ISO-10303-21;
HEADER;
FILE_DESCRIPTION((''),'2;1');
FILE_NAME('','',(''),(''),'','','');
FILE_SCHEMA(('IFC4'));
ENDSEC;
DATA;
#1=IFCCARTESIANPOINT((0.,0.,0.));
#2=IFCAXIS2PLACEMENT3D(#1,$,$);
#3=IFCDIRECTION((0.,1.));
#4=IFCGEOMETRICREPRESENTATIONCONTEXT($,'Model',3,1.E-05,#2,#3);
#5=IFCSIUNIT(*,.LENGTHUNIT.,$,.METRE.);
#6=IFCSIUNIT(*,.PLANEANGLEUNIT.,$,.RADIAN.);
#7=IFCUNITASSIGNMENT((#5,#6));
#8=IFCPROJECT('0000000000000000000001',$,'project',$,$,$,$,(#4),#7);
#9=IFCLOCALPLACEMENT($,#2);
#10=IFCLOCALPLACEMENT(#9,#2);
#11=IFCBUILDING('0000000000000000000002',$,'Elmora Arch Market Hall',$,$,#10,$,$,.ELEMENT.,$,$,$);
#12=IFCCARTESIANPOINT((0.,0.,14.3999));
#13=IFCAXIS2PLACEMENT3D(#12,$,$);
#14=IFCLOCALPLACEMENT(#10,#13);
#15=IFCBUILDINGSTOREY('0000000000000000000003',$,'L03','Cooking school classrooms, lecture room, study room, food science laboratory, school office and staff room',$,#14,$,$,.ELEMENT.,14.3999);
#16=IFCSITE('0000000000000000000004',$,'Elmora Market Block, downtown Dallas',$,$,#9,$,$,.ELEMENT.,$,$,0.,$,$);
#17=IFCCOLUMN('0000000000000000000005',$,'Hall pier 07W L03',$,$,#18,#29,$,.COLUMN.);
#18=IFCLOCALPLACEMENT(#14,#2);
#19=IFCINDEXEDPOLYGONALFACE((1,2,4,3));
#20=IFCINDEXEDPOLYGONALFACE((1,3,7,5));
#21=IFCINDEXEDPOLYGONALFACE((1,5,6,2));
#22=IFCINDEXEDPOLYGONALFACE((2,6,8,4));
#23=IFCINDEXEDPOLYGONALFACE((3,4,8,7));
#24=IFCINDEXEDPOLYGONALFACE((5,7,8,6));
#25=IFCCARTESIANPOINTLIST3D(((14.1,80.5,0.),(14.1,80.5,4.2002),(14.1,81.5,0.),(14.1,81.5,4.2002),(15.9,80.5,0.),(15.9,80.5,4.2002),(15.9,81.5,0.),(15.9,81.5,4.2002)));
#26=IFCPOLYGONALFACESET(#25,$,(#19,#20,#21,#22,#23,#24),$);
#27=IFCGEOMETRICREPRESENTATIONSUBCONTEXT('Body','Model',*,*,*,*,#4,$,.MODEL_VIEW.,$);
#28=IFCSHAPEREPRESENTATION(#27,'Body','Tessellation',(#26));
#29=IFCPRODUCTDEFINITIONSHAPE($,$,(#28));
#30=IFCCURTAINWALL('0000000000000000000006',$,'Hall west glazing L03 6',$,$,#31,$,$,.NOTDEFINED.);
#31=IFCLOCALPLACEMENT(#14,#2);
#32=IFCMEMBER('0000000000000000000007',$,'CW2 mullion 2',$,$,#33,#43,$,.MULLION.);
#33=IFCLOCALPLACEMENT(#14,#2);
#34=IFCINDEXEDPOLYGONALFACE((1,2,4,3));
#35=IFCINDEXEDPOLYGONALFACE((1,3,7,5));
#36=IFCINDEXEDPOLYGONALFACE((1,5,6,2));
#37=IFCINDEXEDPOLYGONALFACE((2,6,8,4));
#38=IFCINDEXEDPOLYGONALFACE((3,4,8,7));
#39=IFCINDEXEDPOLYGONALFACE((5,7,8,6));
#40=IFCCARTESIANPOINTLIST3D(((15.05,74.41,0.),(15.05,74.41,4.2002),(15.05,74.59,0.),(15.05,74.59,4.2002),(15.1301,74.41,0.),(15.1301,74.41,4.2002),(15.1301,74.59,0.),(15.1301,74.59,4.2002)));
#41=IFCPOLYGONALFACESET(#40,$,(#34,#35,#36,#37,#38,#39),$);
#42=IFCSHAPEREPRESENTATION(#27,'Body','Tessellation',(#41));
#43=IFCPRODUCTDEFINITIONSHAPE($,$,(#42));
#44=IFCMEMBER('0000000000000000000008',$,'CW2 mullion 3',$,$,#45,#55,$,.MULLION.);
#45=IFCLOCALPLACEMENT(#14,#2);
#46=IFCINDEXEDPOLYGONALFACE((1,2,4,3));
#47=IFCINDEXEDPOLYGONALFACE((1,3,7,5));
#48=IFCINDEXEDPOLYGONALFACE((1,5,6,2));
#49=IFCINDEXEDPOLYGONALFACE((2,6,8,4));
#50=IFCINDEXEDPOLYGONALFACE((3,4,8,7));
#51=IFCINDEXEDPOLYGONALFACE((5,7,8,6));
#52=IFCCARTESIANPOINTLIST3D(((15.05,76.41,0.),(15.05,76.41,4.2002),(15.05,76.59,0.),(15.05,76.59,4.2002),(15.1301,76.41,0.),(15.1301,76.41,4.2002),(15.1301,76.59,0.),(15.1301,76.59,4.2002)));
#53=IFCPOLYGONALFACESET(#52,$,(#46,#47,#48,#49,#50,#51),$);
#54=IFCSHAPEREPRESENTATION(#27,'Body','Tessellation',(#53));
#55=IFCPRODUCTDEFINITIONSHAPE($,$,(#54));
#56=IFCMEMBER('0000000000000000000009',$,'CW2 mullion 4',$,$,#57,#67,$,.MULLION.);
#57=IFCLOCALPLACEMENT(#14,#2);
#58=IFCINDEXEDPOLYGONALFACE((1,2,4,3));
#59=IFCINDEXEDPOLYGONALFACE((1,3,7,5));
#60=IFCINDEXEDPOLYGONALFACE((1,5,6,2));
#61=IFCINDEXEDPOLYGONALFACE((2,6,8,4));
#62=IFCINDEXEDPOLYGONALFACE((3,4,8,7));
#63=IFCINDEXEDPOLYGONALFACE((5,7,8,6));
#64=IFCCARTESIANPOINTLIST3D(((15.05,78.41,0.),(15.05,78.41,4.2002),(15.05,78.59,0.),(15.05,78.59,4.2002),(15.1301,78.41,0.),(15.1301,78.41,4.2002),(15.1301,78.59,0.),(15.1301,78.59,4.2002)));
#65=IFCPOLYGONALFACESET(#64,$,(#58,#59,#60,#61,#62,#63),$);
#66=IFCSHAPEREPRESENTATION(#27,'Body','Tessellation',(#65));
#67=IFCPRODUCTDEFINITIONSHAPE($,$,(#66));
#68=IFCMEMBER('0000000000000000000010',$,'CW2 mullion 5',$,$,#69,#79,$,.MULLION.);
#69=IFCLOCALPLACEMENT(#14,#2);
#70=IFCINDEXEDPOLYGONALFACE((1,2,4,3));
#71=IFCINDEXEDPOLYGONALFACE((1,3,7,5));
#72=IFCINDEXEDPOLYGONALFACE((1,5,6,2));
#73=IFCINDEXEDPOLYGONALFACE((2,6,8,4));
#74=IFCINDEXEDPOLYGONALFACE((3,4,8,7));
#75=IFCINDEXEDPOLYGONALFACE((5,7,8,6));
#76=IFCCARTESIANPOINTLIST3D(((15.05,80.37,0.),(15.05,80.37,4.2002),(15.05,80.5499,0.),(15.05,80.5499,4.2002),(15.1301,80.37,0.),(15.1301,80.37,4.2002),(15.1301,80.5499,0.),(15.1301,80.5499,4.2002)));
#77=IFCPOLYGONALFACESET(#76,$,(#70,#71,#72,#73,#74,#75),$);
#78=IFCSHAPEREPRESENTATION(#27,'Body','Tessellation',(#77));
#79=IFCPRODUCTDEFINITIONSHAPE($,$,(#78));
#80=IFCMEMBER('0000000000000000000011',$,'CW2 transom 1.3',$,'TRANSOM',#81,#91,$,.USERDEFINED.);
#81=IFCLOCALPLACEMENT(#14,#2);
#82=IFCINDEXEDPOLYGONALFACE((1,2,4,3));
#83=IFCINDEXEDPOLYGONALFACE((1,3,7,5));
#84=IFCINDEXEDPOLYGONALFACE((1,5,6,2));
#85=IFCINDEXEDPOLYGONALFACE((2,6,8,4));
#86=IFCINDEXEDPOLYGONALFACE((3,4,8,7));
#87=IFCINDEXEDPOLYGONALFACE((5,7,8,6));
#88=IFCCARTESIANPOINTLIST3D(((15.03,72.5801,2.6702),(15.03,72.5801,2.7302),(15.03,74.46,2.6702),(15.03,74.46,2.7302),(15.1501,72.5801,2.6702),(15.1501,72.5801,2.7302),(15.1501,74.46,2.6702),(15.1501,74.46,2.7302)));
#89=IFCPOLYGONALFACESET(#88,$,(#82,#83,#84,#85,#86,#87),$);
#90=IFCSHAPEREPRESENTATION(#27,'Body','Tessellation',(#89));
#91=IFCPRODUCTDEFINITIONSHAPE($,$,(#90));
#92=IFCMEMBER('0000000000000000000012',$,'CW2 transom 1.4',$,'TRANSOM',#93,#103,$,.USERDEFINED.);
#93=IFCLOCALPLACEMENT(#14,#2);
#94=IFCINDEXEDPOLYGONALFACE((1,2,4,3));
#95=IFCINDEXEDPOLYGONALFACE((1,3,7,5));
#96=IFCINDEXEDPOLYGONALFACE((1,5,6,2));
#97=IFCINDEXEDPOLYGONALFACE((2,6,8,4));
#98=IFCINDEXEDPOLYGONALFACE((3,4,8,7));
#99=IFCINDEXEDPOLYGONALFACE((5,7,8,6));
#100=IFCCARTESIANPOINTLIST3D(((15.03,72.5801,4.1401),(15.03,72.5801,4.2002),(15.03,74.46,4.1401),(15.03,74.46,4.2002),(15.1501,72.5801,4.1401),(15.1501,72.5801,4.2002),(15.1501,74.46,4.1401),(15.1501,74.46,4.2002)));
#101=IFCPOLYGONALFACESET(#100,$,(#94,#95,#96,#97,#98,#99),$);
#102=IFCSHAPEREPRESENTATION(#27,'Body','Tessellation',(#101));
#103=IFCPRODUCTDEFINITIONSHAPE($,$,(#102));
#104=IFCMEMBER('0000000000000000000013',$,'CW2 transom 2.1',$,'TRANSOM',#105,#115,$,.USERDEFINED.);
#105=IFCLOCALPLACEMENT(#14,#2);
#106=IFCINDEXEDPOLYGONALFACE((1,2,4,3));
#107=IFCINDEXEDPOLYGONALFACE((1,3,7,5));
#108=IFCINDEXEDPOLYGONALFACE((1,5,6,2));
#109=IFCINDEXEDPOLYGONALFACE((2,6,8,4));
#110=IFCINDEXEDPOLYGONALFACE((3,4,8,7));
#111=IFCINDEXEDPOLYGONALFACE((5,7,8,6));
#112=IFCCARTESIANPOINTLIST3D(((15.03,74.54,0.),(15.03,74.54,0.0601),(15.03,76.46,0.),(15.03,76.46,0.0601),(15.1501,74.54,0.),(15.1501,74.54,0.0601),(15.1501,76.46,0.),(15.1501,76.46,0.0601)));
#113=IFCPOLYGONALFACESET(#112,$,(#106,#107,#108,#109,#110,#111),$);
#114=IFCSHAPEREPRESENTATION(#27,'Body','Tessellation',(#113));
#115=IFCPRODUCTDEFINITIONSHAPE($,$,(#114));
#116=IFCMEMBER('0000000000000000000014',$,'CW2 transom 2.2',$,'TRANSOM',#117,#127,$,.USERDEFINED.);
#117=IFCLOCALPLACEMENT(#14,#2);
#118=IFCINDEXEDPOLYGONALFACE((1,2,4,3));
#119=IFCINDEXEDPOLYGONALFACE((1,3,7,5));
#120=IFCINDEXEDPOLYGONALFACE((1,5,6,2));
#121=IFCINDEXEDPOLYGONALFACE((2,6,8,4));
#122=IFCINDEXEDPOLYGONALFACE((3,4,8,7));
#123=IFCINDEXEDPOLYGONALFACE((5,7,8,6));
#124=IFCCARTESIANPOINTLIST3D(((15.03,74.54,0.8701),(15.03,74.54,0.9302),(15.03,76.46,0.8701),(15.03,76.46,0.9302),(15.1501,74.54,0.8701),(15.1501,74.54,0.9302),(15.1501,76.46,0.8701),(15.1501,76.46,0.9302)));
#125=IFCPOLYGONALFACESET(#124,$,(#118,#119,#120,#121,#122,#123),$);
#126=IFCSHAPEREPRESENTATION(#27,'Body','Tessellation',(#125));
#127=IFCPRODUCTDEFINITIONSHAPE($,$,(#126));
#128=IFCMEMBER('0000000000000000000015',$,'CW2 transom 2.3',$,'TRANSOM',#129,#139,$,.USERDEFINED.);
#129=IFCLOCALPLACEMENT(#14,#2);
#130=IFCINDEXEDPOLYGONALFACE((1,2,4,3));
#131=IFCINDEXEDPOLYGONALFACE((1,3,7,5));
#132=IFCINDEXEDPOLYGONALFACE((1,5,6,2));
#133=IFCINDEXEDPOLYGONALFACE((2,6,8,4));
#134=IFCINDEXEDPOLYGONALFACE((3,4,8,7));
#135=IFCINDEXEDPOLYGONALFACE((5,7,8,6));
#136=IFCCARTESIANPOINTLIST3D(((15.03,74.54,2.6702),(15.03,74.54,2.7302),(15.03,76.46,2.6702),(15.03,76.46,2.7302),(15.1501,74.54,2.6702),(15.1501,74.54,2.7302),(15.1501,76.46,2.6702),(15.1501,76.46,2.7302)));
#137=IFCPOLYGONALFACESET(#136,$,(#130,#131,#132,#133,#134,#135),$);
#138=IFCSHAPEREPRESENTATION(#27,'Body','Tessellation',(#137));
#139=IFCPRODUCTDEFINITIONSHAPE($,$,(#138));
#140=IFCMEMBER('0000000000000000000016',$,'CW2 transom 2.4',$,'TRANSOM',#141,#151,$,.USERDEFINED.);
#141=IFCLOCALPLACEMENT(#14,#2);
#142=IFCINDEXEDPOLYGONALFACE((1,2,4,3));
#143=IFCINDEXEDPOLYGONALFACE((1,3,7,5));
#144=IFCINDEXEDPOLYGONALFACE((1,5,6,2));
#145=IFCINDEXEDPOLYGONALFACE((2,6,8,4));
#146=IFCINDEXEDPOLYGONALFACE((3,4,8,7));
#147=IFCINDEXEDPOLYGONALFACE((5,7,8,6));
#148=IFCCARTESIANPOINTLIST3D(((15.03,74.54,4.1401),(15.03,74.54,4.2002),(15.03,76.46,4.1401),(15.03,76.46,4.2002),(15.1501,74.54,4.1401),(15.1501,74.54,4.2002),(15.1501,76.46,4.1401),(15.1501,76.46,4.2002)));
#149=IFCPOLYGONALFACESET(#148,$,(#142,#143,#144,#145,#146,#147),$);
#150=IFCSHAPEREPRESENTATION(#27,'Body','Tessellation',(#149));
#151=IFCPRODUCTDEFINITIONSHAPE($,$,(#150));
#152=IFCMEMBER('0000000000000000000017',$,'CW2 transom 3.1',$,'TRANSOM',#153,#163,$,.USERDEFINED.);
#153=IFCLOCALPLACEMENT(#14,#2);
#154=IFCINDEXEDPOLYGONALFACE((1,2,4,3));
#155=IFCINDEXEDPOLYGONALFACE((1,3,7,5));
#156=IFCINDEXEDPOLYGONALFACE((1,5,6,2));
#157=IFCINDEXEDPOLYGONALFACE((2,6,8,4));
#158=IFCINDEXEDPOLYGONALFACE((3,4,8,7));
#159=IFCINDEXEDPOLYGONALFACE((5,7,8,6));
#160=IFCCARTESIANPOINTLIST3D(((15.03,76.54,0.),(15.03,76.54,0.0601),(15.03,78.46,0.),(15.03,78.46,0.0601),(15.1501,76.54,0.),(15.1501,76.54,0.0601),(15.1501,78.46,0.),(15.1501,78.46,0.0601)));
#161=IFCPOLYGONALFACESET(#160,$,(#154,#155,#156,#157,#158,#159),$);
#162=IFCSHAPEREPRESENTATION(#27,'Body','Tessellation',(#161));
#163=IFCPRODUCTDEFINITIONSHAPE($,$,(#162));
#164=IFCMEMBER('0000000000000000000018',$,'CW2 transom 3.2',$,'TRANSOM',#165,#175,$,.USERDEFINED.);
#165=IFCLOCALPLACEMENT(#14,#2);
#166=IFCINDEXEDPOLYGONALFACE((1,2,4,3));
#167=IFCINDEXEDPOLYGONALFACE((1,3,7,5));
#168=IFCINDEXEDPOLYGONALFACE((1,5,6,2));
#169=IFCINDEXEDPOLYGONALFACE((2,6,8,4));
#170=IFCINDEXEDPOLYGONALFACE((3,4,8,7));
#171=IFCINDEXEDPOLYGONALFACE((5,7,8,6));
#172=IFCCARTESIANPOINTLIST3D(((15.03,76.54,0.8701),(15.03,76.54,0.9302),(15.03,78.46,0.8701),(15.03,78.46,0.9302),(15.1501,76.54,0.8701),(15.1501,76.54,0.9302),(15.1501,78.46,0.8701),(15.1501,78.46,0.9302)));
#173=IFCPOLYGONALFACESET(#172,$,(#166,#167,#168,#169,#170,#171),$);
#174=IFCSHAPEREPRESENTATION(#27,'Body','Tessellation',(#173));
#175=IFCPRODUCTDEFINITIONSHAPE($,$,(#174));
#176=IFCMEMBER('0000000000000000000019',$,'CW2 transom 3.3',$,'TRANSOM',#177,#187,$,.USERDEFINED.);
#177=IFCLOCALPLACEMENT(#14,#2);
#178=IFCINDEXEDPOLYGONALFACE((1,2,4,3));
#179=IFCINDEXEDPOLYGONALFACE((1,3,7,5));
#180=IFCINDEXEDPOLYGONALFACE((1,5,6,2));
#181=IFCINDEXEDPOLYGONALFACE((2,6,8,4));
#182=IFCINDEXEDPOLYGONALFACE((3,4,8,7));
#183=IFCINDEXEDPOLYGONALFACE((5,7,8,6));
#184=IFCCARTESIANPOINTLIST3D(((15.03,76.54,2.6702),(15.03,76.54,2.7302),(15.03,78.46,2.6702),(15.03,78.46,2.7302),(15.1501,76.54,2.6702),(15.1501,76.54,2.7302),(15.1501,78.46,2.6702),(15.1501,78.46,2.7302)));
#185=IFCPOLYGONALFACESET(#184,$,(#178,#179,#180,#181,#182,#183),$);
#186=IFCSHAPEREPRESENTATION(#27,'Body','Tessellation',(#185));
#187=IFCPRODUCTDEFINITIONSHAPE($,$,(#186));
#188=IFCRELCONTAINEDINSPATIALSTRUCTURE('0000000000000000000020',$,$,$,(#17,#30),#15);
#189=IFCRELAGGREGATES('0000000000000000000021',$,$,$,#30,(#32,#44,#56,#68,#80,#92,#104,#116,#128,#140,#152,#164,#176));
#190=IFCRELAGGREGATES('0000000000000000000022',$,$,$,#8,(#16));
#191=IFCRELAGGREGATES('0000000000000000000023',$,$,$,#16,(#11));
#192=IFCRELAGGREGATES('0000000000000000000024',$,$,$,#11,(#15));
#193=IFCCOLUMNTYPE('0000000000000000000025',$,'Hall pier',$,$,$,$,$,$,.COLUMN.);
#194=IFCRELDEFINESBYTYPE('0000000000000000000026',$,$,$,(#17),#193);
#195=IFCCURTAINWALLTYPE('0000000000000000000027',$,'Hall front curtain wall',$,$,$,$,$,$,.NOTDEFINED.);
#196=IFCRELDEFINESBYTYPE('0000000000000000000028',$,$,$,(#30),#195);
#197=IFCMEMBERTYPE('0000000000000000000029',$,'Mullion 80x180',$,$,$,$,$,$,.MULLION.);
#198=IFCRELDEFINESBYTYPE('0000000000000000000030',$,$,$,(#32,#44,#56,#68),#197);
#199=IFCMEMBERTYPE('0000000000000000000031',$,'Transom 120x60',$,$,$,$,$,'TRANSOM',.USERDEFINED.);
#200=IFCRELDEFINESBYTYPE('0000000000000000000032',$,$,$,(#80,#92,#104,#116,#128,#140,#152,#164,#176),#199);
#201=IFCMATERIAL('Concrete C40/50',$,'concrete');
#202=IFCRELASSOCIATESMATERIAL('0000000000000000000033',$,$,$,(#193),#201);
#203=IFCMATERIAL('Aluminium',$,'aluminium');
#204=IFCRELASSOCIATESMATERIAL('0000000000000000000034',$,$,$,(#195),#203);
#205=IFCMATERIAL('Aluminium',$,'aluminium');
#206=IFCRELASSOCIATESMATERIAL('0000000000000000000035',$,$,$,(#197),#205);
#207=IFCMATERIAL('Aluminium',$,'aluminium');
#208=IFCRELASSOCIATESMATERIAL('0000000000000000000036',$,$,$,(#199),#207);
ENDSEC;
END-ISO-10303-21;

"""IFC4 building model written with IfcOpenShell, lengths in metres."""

from ifc_helpers import new_model, si_unit, direction, frame, origin, origin_2d, place, context, subcontext, project, spatial, rectangle, extrude, material, material_profile, profile_set, type_object, element, aggregate, save


model = new_model("IFC4")

# Units and contexts
model_context = context("Model", 3, precision=1e-05, world=origin(), true_north=direction((0.0, 1.0)))
body_context = subcontext(model_context, "Body", "Model", "MODEL_VIEW")
ifc_project = project(units=[si_unit("LENGTHUNIT", "METRE"), si_unit("PLANEANGLEUNIT", "RADIAN")], contexts=[model_context])

# Site, building, storey
site_placement = place(None, origin())
site = spatial("IfcSite", under=ifc_project, at=site_placement, Name="Elmora Market Block, downtown Dallas", CompositionType="ELEMENT", RefElevation=0.0)
building_placement = place(site_placement, origin())
building = spatial("IfcBuilding", under=site, at=building_placement, Name="Elmora Arch Market Hall", CompositionType="ELEMENT")
storey_placement = place(building_placement, frame((0.0, 0.0, 14.3999)))
storey = spatial("IfcBuildingStorey", under=building, at=storey_placement, Name="L03", Description="Cooking school classrooms, lecture room, study room, food science laboratory, school office and staff room", CompositionType="ELEMENT", Elevation=14.3999)

# Column
ifc_material_1 = material(Name="Concrete C40/50", Category="concrete")
ifc_material_profile_1 = material_profile(ifc_material_1, rectangle(XDim=1.8, YDim=1.0, at=origin_2d()), Name="Hall pier")
ifc_profile_set_1 = profile_set([ifc_material_profile_1], Name="Concrete C40/50")
column_type = type_object("IfcColumnType", Name="Hall pier", PredefinedType="COLUMN", material=ifc_profile_set_1)
column_placement = place(storey_placement, frame((15.0, 81.0, 0.0), z_axis=(0.0, 0.0, 1.0), x_axis=(1.0, 0.0, 0.0)))
element("IfcColumn", 1, at=column_placement, inside=storey, type_object=column_type, Name="Hall pier 07W L03", PredefinedType="COLUMN", context=body_context, shape_type="SweptSolid", body=[
    extrude(rectangle(XDim=1.8, YDim=1.0, at=origin_2d()), origin(), (0.0, 0.0, 1.0), 4.2002),
])

# Curtain wall, members
ifc_material_2 = material(Name="Aluminium", Category="aluminium")
curtain_wall_type = type_object("IfcCurtainWallType", Name="Hall front curtain wall", PredefinedType="NOTDEFINED", material=ifc_material_2)
curtain_wall_placement = place(storey_placement, origin())
curtain_wall = element("IfcCurtainWall", 2, at=curtain_wall_placement, inside=storey, type_object=curtain_wall_type, Name="Hall west glazing L03 6", PredefinedType="NOTDEFINED")
ifc_material_3 = material(Name="Aluminium", Category="aluminium")
ifc_material_profile_2 = material_profile(ifc_material_3, rectangle(XDim=0.0801, YDim=0.1799, at=origin_2d()), Name="AL 80x180")
ifc_profile_set_2 = profile_set([ifc_material_profile_2], Name="Aluminium")
member_type_1 = type_object("IfcMemberType", Name="Mullion 80x180", PredefinedType="MULLION", material=ifc_profile_set_2)
member_1_placement = place(storey_placement, frame((15.0901, 74.5, 0.0), z_axis=(0.0, 0.0, 1.0), x_axis=(-1.0, 0.0, 0.0)))
member_1 = element("IfcMember", 3, at=member_1_placement, type_object=member_type_1, Name="CW2 mullion 2", PredefinedType="MULLION", context=body_context, shape_type="SweptSolid", body=[
    extrude(rectangle(XDim=0.0801, YDim=0.1799, at=origin_2d()), origin(), (0.0, 0.0, 1.0), 4.2002),
])
member_2_placement = place(storey_placement, frame((15.0901, 76.5, 0.0), z_axis=(0.0, 0.0, 1.0), x_axis=(-1.0, 0.0, 0.0)))
member_2 = element("IfcMember", 4, at=member_2_placement, type_object=member_type_1, Name="CW2 mullion 3", PredefinedType="MULLION", context=body_context, shape_type="SweptSolid", body=[
    extrude(rectangle(XDim=0.0801, YDim=0.1799, at=origin_2d()), origin(), (0.0, 0.0, 1.0), 4.2002),
])
member_3_placement = place(storey_placement, frame((15.0901, 78.5, 0.0), z_axis=(0.0, 0.0, 1.0), x_axis=(-1.0, 0.0, 0.0)))
member_3 = element("IfcMember", 5, at=member_3_placement, type_object=member_type_1, Name="CW2 mullion 4", PredefinedType="MULLION", context=body_context, shape_type="SweptSolid", body=[
    extrude(rectangle(XDim=0.0801, YDim=0.1799, at=origin_2d()), origin(), (0.0, 0.0, 1.0), 4.2002),
])
member_4_placement = place(storey_placement, frame((15.0901, 80.46, 0.0), z_axis=(0.0, 0.0, 1.0), x_axis=(-1.0, 0.0, 0.0)))
member_4 = element("IfcMember", 6, at=member_4_placement, type_object=member_type_1, Name="CW2 mullion 5", PredefinedType="MULLION", context=body_context, shape_type="SweptSolid", body=[
    extrude(rectangle(XDim=0.0801, YDim=0.1799, at=origin_2d()), origin(), (0.0, 0.0, 1.0), 4.2002),
])
ifc_material_4 = material(Name="Aluminium", Category="aluminium")
ifc_material_profile_3 = material_profile(ifc_material_4, rectangle(XDim=0.1201, YDim=0.0601, at=origin_2d()), Name="AL 120x60")
ifc_profile_set_3 = profile_set([ifc_material_profile_3], Name="Aluminium")
member_type_2 = type_object("IfcMemberType", Name="Transom 120x60", ElementType="TRANSOM", PredefinedType="USERDEFINED", material=ifc_profile_set_3)
member_5_placement = place(storey_placement, frame((15.0901, 72.5801, 2.7002), z_axis=(0.0, 1.0, 0.0), x_axis=(-1.0, 0.0, 0.0)))
member_5 = element("IfcMember", 7, at=member_5_placement, type_object=member_type_2, Name="CW2 transom 1.3", ObjectType="TRANSOM", PredefinedType="USERDEFINED", context=body_context, shape_type="SweptSolid", body=[
    extrude(rectangle(XDim=0.1201, YDim=0.0601, at=origin_2d()), origin(), (0.0, 0.0, 1.0), 1.8799),
])
member_6_placement = place(storey_placement, frame((15.0901, 72.5801, 4.1702), z_axis=(0.0, 1.0, 0.0), x_axis=(-1.0, 0.0, 0.0)))
member_6 = element("IfcMember", 8, at=member_6_placement, type_object=member_type_2, Name="CW2 transom 1.4", ObjectType="TRANSOM", PredefinedType="USERDEFINED", context=body_context, shape_type="SweptSolid", body=[
    extrude(rectangle(XDim=0.1201, YDim=0.0601, at=origin_2d()), origin(), (0.0, 0.0, 1.0), 1.8799),
])
member_7_placement = place(storey_placement, frame((15.0901, 74.54, 0.03), z_axis=(0.0, 1.0, 0.0), x_axis=(-1.0, 0.0, 0.0)))
member_7 = element("IfcMember", 9, at=member_7_placement, type_object=member_type_2, Name="CW2 transom 2.1", ObjectType="TRANSOM", PredefinedType="USERDEFINED", context=body_context, shape_type="SweptSolid", body=[
    extrude(rectangle(XDim=0.1201, YDim=0.0601, at=origin_2d()), origin(), (0.0, 0.0, 1.0), 1.9199),
])
member_8_placement = place(storey_placement, frame((15.0901, 74.54, 0.9001), z_axis=(0.0, 1.0, 0.0), x_axis=(-1.0, 0.0, 0.0)))
member_8 = element("IfcMember", 10, at=member_8_placement, type_object=member_type_2, Name="CW2 transom 2.2", ObjectType="TRANSOM", PredefinedType="USERDEFINED", context=body_context, shape_type="SweptSolid", body=[
    extrude(rectangle(XDim=0.1201, YDim=0.0601, at=origin_2d()), origin(), (0.0, 0.0, 1.0), 1.9199),
])
member_9_placement = place(storey_placement, frame((15.0901, 74.54, 2.7002), z_axis=(0.0, 1.0, 0.0), x_axis=(-1.0, 0.0, 0.0)))
member_9 = element("IfcMember", 11, at=member_9_placement, type_object=member_type_2, Name="CW2 transom 2.3", ObjectType="TRANSOM", PredefinedType="USERDEFINED", context=body_context, shape_type="SweptSolid", body=[
    extrude(rectangle(XDim=0.1201, YDim=0.0601, at=origin_2d()), origin(), (0.0, 0.0, 1.0), 1.9199),
])
member_10_placement = place(storey_placement, frame((15.0901, 74.54, 4.1702), z_axis=(0.0, 1.0, 0.0), x_axis=(-1.0, 0.0, 0.0)))
member_10 = element("IfcMember", 12, at=member_10_placement, type_object=member_type_2, Name="CW2 transom 2.4", ObjectType="TRANSOM", PredefinedType="USERDEFINED", context=body_context, shape_type="SweptSolid", body=[
    extrude(rectangle(XDim=0.1201, YDim=0.0601, at=origin_2d()), origin(), (0.0, 0.0, 1.0), 1.9199),
])
member_11_placement = place(storey_placement, frame((15.0901, 76.54, 0.03), z_axis=(0.0, 1.0, 0.0), x_axis=(-1.0, 0.0, 0.0)))
member_11 = element("IfcMember", 13, at=member_11_placement, type_object=member_type_2, Name="CW2 transom 3.1", ObjectType="TRANSOM", PredefinedType="USERDEFINED", context=body_context, shape_type="SweptSolid", body=[
    extrude(rectangle(XDim=0.1201, YDim=0.0601, at=origin_2d()), origin(), (0.0, 0.0, 1.0), 1.9199),
])
member_12_placement = place(storey_placement, frame((15.0901, 76.54, 0.9001), z_axis=(0.0, 1.0, 0.0), x_axis=(-1.0, 0.0, 0.0)))
member_12 = element("IfcMember", 14, at=member_12_placement, type_object=member_type_2, Name="CW2 transom 3.2", ObjectType="TRANSOM", PredefinedType="USERDEFINED", context=body_context, shape_type="SweptSolid", body=[
    extrude(rectangle(XDim=0.1201, YDim=0.0601, at=origin_2d()), origin(), (0.0, 0.0, 1.0), 1.9199),
])
member_13_placement = place(storey_placement, frame((15.0901, 76.54, 2.7002), z_axis=(0.0, 1.0, 0.0), x_axis=(-1.0, 0.0, 0.0)))
member_13 = element("IfcMember", 15, at=member_13_placement, type_object=member_type_2, Name="CW2 transom 3.3", ObjectType="TRANSOM", PredefinedType="USERDEFINED", context=body_context, shape_type="SweptSolid", body=[
    extrude(rectangle(XDim=0.1201, YDim=0.0601, at=origin_2d()), origin(), (0.0, 0.0, 1.0), 1.9199),
])
aggregate(curtain_wall, [member_1, member_2, member_3, member_4, member_5, member_6, member_7, member_8, member_9, member_10, member_11, member_12, member_13])

save(model, "model.ifc")
